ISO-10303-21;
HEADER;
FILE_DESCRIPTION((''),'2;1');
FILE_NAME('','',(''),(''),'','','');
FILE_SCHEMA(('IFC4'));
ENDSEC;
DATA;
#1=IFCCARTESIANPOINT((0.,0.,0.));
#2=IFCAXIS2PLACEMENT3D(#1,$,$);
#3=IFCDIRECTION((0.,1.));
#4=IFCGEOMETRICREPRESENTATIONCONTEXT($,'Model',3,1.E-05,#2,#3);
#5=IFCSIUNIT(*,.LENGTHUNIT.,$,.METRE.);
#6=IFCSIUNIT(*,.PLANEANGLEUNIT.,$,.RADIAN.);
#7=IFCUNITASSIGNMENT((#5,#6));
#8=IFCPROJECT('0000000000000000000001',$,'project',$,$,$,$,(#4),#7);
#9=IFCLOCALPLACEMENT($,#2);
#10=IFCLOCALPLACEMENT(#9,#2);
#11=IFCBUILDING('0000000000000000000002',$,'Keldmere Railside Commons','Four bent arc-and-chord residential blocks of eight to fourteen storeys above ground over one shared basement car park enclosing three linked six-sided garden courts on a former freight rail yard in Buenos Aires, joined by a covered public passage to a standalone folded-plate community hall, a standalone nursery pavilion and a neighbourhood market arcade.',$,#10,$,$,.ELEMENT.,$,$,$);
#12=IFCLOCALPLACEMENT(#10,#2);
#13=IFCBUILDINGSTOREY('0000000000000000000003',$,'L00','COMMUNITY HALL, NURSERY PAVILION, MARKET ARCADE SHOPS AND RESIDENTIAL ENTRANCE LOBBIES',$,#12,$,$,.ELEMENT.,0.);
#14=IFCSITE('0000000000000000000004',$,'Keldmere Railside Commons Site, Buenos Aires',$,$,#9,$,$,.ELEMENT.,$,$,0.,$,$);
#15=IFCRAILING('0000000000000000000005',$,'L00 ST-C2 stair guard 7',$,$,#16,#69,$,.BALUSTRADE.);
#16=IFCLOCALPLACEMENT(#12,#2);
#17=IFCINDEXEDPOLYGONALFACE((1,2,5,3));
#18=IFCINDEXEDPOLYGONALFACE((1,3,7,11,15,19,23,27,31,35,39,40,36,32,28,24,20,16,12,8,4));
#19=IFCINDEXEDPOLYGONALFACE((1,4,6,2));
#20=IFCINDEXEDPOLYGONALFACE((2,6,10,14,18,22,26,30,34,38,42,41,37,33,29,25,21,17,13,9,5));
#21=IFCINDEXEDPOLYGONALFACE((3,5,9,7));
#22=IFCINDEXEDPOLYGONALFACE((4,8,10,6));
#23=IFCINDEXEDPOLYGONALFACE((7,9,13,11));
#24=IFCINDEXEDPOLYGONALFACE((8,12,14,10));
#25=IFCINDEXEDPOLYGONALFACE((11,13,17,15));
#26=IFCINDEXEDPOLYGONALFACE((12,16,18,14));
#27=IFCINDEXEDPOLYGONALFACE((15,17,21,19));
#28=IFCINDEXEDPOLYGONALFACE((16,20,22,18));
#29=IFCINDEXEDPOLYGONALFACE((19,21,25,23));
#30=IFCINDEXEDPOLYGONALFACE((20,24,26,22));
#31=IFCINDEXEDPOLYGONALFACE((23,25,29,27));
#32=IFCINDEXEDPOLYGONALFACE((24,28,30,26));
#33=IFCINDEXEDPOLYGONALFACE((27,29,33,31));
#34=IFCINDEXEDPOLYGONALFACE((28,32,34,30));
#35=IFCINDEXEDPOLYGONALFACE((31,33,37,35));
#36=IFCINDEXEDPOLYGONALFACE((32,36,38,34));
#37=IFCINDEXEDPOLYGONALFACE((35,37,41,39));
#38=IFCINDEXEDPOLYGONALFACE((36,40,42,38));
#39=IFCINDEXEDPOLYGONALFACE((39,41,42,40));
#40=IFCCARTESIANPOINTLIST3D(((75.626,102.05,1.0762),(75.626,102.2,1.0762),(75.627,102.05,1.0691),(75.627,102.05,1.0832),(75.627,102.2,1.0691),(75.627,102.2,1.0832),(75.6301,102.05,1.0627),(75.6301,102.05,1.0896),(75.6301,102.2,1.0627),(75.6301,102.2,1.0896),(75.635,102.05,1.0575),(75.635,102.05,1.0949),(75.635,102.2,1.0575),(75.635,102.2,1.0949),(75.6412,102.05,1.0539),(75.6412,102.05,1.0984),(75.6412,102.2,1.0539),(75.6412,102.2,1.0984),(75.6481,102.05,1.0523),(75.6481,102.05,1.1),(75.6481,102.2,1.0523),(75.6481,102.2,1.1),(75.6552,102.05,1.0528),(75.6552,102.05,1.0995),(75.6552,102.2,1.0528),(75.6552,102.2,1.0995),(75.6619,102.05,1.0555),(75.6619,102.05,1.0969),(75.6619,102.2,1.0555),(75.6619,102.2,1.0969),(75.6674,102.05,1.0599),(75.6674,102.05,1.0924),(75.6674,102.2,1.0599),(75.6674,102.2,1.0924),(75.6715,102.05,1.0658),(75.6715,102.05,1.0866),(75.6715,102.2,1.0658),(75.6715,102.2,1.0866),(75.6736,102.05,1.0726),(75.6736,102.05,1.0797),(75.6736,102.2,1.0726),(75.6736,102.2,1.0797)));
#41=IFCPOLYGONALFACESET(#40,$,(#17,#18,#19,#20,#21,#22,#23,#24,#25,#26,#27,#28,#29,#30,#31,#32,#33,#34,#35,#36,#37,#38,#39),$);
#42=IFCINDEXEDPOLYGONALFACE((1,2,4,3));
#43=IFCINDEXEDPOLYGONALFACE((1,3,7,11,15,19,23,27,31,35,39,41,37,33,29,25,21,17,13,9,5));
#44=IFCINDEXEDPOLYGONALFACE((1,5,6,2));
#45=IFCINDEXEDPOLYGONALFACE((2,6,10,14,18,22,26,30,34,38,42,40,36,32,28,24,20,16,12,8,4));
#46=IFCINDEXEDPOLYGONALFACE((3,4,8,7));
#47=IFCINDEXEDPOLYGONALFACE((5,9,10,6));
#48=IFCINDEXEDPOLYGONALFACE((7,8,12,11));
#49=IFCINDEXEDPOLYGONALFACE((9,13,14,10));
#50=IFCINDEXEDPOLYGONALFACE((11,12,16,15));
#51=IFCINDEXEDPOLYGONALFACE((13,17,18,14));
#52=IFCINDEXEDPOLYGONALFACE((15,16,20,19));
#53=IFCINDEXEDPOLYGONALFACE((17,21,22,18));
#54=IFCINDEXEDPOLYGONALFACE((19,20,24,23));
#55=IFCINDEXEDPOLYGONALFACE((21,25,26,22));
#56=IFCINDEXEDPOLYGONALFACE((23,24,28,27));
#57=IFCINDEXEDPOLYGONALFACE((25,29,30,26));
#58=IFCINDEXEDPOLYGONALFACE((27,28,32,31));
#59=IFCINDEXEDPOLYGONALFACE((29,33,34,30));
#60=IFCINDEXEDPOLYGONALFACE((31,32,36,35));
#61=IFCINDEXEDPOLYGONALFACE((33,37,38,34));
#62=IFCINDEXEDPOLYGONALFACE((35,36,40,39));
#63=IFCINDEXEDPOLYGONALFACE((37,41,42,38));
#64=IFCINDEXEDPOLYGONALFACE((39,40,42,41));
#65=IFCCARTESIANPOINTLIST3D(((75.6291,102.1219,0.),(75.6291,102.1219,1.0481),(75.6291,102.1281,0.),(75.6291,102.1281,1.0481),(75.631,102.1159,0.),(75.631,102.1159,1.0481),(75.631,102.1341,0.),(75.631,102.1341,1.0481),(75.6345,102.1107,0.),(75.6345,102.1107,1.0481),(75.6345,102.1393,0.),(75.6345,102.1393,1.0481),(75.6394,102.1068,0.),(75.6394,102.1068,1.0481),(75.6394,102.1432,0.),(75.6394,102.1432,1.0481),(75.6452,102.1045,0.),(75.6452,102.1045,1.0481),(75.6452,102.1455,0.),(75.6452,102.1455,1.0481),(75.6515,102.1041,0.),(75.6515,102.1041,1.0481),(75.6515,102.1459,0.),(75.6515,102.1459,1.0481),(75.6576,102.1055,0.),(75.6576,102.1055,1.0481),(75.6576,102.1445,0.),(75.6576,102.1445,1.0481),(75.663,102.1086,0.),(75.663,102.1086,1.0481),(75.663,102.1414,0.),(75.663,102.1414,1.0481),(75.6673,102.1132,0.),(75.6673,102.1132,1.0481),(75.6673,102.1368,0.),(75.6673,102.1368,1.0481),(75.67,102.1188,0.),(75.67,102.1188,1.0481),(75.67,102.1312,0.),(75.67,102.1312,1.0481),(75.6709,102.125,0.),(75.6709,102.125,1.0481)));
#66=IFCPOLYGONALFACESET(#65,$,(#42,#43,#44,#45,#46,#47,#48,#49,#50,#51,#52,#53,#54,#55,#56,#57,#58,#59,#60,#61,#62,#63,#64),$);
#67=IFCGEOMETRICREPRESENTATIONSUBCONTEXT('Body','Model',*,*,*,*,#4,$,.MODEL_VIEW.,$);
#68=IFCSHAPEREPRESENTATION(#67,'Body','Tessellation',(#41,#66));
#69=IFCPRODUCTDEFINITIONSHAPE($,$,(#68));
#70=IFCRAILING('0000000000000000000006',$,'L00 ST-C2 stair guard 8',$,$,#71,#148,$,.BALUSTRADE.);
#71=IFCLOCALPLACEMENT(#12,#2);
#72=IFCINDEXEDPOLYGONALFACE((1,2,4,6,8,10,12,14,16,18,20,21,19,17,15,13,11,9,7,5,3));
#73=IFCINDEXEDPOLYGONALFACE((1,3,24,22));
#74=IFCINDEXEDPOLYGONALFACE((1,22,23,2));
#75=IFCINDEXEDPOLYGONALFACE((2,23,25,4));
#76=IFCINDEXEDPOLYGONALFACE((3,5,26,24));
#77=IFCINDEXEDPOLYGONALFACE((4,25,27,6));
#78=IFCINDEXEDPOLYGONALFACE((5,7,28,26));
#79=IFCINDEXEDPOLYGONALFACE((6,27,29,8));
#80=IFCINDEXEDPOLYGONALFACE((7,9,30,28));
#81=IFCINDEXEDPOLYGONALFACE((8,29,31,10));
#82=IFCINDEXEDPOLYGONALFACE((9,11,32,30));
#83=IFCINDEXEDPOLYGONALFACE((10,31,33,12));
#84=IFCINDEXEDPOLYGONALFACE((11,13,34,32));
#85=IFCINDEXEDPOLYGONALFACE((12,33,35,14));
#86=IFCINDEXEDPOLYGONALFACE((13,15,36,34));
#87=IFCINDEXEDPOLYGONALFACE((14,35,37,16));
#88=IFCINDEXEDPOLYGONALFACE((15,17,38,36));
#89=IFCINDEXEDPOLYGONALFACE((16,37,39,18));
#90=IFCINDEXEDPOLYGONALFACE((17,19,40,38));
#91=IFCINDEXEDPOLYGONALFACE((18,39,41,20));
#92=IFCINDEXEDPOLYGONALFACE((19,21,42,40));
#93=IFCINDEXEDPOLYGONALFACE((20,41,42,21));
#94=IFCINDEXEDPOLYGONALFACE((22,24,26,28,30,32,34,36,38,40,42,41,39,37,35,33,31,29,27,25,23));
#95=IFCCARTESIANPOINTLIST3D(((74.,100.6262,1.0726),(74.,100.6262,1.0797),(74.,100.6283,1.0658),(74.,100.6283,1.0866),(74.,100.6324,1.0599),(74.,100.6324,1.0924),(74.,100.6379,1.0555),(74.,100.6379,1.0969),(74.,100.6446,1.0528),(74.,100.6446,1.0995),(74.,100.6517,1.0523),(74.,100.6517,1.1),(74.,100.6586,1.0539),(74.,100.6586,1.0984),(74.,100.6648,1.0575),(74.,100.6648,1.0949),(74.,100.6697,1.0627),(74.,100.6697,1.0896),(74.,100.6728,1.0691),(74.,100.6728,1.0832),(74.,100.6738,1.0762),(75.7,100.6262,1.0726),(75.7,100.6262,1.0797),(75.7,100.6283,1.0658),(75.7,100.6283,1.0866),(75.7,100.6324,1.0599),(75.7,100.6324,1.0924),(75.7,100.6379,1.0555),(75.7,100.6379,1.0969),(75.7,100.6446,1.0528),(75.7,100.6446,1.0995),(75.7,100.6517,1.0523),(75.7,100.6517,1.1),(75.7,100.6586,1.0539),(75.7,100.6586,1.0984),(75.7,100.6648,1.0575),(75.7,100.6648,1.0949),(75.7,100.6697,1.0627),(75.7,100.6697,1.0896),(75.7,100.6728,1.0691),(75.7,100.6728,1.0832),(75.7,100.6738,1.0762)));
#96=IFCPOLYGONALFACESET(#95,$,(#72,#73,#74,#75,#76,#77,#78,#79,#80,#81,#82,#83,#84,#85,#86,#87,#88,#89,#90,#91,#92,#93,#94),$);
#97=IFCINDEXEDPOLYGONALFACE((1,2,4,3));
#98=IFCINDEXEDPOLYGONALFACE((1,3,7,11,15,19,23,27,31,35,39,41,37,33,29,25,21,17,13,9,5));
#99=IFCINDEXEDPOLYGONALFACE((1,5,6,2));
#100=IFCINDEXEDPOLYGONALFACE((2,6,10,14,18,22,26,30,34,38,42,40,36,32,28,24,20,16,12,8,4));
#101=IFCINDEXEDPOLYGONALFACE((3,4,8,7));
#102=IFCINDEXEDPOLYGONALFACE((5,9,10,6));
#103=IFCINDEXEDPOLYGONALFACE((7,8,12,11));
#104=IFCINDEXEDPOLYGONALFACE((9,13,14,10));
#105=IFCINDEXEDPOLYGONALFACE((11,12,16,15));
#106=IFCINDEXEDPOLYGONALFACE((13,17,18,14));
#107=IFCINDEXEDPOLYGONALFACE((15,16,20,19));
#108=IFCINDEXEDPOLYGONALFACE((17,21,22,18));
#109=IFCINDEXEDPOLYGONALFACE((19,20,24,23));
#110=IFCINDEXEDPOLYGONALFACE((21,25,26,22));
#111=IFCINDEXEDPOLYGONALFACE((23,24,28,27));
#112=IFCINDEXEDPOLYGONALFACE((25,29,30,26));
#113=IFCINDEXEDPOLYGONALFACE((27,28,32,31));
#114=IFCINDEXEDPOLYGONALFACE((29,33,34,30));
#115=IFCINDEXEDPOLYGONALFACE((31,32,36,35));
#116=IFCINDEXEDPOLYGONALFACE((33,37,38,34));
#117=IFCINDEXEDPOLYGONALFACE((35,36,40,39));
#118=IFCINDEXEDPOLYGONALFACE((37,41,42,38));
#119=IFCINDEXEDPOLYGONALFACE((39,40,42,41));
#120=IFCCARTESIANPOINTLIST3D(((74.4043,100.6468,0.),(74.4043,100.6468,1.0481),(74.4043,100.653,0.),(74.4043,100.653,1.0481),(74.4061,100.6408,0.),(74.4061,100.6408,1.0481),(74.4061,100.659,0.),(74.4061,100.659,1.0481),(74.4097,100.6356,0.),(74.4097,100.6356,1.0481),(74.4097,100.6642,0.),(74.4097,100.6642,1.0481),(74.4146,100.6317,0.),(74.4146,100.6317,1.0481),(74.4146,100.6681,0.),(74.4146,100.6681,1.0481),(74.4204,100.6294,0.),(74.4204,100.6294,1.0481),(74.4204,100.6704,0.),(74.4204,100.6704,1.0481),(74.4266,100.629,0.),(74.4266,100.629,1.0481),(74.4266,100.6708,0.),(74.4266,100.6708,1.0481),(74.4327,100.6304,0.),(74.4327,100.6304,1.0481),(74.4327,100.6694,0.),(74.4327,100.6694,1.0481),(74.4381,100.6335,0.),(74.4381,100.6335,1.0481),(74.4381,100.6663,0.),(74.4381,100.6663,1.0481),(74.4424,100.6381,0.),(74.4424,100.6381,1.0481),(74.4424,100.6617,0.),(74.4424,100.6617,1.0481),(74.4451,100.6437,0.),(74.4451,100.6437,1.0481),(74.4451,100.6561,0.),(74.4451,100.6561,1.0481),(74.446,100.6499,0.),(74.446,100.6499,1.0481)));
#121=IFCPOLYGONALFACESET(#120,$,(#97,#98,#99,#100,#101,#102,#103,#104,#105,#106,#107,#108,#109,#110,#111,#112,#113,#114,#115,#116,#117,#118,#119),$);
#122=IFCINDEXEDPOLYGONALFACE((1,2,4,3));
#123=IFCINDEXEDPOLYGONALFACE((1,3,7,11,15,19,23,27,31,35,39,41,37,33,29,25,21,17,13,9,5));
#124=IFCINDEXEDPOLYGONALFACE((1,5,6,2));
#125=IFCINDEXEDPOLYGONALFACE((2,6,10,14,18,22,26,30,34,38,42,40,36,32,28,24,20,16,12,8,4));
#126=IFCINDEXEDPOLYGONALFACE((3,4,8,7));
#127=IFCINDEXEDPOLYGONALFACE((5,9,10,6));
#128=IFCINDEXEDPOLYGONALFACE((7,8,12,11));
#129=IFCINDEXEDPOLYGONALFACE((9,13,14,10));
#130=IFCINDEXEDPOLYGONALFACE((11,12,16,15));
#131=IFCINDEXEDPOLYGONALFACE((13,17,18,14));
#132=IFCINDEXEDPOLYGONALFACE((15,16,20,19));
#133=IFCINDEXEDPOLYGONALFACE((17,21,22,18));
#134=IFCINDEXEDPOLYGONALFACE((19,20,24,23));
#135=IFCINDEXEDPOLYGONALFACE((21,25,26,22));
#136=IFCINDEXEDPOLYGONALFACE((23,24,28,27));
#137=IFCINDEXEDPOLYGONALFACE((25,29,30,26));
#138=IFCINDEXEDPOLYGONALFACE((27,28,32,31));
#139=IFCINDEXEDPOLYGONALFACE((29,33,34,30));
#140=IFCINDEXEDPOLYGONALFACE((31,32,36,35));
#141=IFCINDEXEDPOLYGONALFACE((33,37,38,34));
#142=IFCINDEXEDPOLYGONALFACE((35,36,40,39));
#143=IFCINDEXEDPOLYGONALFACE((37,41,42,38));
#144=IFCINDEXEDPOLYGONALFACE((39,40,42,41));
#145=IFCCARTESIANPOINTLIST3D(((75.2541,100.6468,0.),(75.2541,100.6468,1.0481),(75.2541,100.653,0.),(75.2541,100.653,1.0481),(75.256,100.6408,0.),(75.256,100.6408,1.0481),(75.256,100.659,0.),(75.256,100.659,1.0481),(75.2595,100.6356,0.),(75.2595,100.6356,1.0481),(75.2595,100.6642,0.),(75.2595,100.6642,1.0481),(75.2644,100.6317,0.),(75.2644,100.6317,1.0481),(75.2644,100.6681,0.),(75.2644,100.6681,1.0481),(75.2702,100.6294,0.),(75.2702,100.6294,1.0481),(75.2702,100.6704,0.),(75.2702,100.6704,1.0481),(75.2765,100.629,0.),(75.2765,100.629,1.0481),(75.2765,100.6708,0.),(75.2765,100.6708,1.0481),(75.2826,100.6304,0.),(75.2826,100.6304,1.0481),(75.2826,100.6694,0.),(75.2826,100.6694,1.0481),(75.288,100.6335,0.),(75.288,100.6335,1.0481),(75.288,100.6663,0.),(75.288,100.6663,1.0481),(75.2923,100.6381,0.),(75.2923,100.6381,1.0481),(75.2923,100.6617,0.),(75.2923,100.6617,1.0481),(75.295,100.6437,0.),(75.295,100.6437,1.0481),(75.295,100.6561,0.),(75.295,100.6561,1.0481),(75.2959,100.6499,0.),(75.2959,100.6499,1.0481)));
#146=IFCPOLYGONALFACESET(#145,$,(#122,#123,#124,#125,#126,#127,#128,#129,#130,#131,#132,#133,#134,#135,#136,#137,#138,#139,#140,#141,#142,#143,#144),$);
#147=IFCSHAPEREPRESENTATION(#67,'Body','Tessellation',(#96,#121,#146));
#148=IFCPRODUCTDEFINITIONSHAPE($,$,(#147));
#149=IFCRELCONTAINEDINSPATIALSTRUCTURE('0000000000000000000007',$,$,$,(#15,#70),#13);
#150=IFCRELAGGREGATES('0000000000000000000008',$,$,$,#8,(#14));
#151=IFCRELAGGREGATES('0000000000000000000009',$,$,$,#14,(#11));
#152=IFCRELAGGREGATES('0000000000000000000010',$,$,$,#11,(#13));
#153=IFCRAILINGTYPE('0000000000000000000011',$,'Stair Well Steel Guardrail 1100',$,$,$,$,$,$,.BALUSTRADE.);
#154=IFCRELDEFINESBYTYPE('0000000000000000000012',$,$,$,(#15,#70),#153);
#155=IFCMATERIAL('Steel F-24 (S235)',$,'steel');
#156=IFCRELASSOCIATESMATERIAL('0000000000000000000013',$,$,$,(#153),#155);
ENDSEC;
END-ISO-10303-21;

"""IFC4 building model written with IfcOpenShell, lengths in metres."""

from ifc_helpers import new_model, si_unit, direction, frame, origin, origin_2d, place, context, subcontext, project, spatial, circle, extrude, material, type_object, element, save


model = new_model("IFC4")

# Units and contexts
model_context = context("Model", 3, precision=1e-05, world=origin(), true_north=direction((0.0, 1.0)))
body_context = subcontext(model_context, "Body", "Model", "MODEL_VIEW")
ifc_project = project(units=[si_unit("LENGTHUNIT", "METRE"), si_unit("PLANEANGLEUNIT", "RADIAN")], contexts=[model_context])

# Site, building, storey
site_placement = place(None, origin())
site = spatial("IfcSite", under=ifc_project, at=site_placement, Name="Keldmere Railside Commons Site, Buenos Aires", CompositionType="ELEMENT", RefElevation=0.0)
building_placement = place(site_placement, origin())
building = spatial("IfcBuilding", under=site, at=building_placement, Name="Keldmere Railside Commons", Description="Four bent arc-and-chord residential blocks of eight to fourteen storeys above ground over one shared basement car park enclosing three linked six-sided garden courts on a former freight rail yard in Buenos Aires, joined by a covered public passage to a standalone folded-plate community hall, a standalone nursery pavilion and a neighbourhood market arcade.", CompositionType="ELEMENT")
storey_placement = place(building_placement, origin())
storey = spatial("IfcBuildingStorey", under=building, at=storey_placement, Name="L00", Description="COMMUNITY HALL, NURSERY PAVILION, MARKET ARCADE SHOPS AND RESIDENTIAL ENTRANCE LOBBIES", CompositionType="ELEMENT", Elevation=0.0)

# Shared definitions
ifc_material_1 = material(Name="Steel F-24 (S235)", Category="steel")

# Railings
railing_type_1 = type_object("IfcRailingType", Name="Stair Well Steel Guardrail 1100", PredefinedType="BALUSTRADE", material=ifc_material_1)
railing_1_placement = place(storey_placement, frame((75.6499, 102.05, 0.0)))
element("IfcRailing", 1, at=railing_1_placement, inside=storey, type_object=railing_type_1, Name="L00 ST-C2 stair guard 7", PredefinedType="BALUSTRADE", context=body_context, shape_type="SweptSolid", body=[
    extrude(circle(Radius=0.0239, at=origin_2d()), frame((0.0, 0.0, 1.0762), z_axis=(0.0, 1.0, 0.0), x_axis=(-1.0, 0.0, 0.0)), (0.0, 0.0, 1.0), 0.1499),
    extrude(circle(Radius=0.021, at=origin_2d()), frame((0.0, 0.075, 0.0)), (0.0, 0.0, 1.0), 1.0481),
])
for number, where, name in (
    (2, (74.0, 100.6499, 0.0), "L00 ST-C2 stair guard 8"),
):
    element("IfcRailing", number, at=place(storey_placement, frame(where)), inside=storey, type_object=railing_type_1, Name=name, PredefinedType="BALUSTRADE", context=body_context, shape_type="SweptSolid", body=[
        extrude(circle(Radius=0.0239, at=origin_2d()), frame((0.0, 0.0, 1.0762), z_axis=(1.0, 0.0, 0.0), x_axis=(0.0, 1.0, 0.0)), (0.0, 0.0, 1.0), 1.7),
        extrude(circle(Radius=0.021, at=origin_2d()), frame((0.425, 0.0, 0.0)), (0.0, 0.0, 1.0), 1.0481),
        extrude(circle(Radius=0.021, at=origin_2d()), frame((1.2749, 0.0, 0.0)), (0.0, 0.0, 1.0), 1.0481),
    ])

save(model, "model.ifc")
